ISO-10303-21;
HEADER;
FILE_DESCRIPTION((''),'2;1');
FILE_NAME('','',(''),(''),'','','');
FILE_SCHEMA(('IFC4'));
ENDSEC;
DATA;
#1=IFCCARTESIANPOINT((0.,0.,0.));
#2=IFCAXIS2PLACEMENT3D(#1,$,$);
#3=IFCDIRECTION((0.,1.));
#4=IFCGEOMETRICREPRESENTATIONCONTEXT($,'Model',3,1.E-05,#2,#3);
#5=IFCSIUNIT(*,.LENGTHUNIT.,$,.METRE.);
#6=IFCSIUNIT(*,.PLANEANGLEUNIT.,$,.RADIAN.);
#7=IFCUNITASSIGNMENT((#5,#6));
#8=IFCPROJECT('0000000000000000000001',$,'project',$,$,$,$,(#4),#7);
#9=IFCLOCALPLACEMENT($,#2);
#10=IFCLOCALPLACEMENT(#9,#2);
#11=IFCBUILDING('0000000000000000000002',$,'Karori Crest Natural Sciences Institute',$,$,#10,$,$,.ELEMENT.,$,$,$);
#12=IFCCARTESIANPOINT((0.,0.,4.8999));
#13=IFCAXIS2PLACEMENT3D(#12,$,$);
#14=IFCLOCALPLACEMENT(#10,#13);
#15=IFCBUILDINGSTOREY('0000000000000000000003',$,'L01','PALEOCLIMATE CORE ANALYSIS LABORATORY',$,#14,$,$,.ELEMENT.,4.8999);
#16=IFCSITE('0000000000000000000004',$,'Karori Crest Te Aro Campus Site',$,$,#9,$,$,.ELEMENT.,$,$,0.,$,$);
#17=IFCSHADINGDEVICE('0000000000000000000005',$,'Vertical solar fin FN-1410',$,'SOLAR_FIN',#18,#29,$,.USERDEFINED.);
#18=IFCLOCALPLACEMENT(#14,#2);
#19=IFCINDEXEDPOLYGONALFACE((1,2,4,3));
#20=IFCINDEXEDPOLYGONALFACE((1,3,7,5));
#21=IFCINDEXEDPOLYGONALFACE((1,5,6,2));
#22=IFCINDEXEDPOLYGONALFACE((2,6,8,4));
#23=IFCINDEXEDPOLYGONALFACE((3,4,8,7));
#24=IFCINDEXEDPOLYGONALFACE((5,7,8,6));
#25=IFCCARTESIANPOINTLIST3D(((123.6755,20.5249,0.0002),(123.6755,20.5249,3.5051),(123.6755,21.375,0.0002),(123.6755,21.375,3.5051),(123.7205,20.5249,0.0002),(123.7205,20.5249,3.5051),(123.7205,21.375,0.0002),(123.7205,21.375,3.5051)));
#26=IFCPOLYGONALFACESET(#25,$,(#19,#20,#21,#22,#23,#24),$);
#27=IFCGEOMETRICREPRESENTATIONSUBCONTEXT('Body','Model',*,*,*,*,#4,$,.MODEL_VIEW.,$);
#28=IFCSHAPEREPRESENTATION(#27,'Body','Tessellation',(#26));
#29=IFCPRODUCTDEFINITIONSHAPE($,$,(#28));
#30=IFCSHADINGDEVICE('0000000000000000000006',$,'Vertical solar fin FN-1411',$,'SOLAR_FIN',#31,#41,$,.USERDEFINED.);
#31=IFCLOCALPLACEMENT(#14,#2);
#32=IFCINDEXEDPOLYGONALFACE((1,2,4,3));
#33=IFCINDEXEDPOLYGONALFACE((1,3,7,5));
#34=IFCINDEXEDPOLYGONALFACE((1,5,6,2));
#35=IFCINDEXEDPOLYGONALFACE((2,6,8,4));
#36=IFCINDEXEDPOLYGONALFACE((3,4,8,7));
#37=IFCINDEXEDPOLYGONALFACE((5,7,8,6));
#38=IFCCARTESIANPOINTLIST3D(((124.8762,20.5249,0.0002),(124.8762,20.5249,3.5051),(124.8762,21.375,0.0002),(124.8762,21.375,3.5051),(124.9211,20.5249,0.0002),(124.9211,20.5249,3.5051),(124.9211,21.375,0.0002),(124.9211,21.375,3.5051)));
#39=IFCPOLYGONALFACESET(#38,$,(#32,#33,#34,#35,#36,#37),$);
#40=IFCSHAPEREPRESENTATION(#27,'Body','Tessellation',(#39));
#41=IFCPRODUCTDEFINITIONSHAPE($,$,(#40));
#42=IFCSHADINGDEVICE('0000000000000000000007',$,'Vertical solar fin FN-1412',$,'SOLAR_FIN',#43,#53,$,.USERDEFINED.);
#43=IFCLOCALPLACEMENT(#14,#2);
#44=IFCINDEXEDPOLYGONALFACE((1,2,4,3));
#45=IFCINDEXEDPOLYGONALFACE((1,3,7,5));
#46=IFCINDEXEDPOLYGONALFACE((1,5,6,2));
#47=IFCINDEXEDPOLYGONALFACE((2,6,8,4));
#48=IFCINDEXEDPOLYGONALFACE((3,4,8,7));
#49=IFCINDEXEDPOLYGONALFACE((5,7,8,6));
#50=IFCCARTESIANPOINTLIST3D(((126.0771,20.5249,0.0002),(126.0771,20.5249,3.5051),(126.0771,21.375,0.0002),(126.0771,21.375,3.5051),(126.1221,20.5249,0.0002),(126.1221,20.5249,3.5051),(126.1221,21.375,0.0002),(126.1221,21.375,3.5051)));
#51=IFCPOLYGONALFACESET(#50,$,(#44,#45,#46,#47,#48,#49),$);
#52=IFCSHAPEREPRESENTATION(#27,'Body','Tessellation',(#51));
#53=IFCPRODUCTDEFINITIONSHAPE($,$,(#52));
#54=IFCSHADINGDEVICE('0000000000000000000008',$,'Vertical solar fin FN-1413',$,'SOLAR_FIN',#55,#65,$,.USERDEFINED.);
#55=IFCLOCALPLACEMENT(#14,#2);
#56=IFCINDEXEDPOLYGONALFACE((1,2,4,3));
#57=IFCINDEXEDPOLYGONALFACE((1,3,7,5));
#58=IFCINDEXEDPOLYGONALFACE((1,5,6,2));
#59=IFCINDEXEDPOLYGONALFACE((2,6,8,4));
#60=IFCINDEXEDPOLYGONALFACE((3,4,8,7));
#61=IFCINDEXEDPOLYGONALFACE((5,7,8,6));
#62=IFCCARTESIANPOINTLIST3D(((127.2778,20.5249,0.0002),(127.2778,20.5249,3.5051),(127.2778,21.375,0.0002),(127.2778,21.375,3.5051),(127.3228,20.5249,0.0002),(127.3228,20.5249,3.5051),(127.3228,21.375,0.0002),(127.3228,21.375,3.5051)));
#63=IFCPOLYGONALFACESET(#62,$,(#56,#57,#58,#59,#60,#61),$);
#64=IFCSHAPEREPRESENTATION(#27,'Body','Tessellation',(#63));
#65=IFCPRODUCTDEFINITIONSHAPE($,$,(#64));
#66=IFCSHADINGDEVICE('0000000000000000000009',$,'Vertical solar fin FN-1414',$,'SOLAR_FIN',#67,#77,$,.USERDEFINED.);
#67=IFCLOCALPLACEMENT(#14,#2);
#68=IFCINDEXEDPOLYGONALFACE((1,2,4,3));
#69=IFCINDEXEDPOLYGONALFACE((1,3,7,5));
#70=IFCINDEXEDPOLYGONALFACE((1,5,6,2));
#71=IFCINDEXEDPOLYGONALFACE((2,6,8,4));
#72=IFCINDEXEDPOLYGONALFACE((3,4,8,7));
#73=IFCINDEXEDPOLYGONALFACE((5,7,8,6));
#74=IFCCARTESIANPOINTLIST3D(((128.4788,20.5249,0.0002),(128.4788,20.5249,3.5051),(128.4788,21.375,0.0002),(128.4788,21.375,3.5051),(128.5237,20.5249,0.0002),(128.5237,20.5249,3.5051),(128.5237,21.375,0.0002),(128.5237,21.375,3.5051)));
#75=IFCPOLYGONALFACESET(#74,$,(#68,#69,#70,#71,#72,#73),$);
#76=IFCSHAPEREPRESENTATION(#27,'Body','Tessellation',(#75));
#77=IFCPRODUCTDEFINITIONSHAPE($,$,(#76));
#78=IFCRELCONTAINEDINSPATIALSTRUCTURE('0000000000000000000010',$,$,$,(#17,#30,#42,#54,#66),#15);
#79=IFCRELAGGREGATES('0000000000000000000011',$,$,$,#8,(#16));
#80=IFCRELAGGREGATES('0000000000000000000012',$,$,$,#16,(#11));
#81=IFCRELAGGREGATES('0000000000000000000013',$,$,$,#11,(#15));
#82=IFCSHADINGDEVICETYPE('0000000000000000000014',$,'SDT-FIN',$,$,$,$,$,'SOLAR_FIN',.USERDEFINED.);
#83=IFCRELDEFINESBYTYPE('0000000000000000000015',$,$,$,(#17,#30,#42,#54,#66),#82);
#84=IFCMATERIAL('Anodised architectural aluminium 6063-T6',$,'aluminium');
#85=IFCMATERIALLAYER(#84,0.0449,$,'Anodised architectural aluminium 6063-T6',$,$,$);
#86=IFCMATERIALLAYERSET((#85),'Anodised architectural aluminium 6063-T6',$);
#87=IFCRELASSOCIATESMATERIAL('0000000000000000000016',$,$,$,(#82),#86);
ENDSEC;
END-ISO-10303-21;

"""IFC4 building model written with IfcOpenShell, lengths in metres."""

from ifc_helpers import new_model, si_unit, direction, frame, origin, origin_2d, place, context, subcontext, project, spatial, rectangle, extrude, material, layer, layer_set, type_object, element, save


model = new_model("IFC4")

# Units and contexts
model_context = context("Model", 3, precision=1e-05, world=origin(), true_north=direction((0.0, 1.0)))
body_context = subcontext(model_context, "Body", "Model", "MODEL_VIEW")
ifc_project = project(units=[si_unit("LENGTHUNIT", "METRE"), si_unit("PLANEANGLEUNIT", "RADIAN")], contexts=[model_context])

# Site, building, storey
site_placement = place(None, origin())
site = spatial("IfcSite", under=ifc_project, at=site_placement, Name="Karori Crest Te Aro Campus Site", CompositionType="ELEMENT", RefElevation=0.0)
building_placement = place(site_placement, origin())
building = spatial("IfcBuilding", under=site, at=building_placement, Name="Karori Crest Natural Sciences Institute", CompositionType="ELEMENT")
storey_placement = place(building_placement, frame((0.0, 0.0, 4.8999)))
storey = spatial("IfcBuildingStorey", under=building, at=storey_placement, Name="L01", Description="PALEOCLIMATE CORE ANALYSIS LABORATORY", CompositionType="ELEMENT", Elevation=4.8999)

# Shared definitions
ifc_material_1 = material(Name="Anodised architectural aluminium 6063-T6", Category="aluminium")

# Shading devices
ifc_layer_1 = layer(ifc_material_1, 0.0449, Name="Anodised architectural aluminium 6063-T6")
ifc_layer_set_1 = layer_set([ifc_layer_1], Name="Anodised architectural aluminium 6063-T6")
shading_device_type = type_object("IfcShadingDeviceType", Name="SDT-FIN", ElementType="SOLAR_FIN", PredefinedType="USERDEFINED", material=ifc_layer_set_1)
for number, where, z_axis, x_axis, name in (
    (1, (123.698, 20.95, 0.0002), (0.0, 0.0, 1.0), (0.0, 1.0, 0.0), "Vertical solar fin FN-1410"),
    (2, (124.8987, 20.95, 0.0002), (0.0, 0.0, 1.0), (0.0, 1.0, 0.0), "Vertical solar fin FN-1411"),
    (3, (126.0996, 20.95, 0.0002), (0.0, 0.0, 1.0), (0.0, 1.0, 0.0), "Vertical solar fin FN-1412"),
    (4, (127.3003, 20.95, 0.0002), (0.0, 0.0, 1.0), (0.0, 1.0, 0.0), "Vertical solar fin FN-1413"),
    (5, (128.5012, 20.95, 0.0002), (0.0, 0.0, 1.0), (0.0, 1.0, 0.0), "Vertical solar fin FN-1414"),
):
    element("IfcShadingDevice", number, at=place(storey_placement, frame(where, z_axis=z_axis, x_axis=x_axis)), inside=storey, type_object=shading_device_type, Name=name, ObjectType="SOLAR_FIN", PredefinedType="USERDEFINED", context=body_context, shape_type="SweptSolid", body=[
        extrude(rectangle(XDim=0.8501, YDim=0.0449, at=origin_2d()), origin(), (0.0, 0.0, 1.0), 3.5049),
    ])

save(model, "model.ifc")
